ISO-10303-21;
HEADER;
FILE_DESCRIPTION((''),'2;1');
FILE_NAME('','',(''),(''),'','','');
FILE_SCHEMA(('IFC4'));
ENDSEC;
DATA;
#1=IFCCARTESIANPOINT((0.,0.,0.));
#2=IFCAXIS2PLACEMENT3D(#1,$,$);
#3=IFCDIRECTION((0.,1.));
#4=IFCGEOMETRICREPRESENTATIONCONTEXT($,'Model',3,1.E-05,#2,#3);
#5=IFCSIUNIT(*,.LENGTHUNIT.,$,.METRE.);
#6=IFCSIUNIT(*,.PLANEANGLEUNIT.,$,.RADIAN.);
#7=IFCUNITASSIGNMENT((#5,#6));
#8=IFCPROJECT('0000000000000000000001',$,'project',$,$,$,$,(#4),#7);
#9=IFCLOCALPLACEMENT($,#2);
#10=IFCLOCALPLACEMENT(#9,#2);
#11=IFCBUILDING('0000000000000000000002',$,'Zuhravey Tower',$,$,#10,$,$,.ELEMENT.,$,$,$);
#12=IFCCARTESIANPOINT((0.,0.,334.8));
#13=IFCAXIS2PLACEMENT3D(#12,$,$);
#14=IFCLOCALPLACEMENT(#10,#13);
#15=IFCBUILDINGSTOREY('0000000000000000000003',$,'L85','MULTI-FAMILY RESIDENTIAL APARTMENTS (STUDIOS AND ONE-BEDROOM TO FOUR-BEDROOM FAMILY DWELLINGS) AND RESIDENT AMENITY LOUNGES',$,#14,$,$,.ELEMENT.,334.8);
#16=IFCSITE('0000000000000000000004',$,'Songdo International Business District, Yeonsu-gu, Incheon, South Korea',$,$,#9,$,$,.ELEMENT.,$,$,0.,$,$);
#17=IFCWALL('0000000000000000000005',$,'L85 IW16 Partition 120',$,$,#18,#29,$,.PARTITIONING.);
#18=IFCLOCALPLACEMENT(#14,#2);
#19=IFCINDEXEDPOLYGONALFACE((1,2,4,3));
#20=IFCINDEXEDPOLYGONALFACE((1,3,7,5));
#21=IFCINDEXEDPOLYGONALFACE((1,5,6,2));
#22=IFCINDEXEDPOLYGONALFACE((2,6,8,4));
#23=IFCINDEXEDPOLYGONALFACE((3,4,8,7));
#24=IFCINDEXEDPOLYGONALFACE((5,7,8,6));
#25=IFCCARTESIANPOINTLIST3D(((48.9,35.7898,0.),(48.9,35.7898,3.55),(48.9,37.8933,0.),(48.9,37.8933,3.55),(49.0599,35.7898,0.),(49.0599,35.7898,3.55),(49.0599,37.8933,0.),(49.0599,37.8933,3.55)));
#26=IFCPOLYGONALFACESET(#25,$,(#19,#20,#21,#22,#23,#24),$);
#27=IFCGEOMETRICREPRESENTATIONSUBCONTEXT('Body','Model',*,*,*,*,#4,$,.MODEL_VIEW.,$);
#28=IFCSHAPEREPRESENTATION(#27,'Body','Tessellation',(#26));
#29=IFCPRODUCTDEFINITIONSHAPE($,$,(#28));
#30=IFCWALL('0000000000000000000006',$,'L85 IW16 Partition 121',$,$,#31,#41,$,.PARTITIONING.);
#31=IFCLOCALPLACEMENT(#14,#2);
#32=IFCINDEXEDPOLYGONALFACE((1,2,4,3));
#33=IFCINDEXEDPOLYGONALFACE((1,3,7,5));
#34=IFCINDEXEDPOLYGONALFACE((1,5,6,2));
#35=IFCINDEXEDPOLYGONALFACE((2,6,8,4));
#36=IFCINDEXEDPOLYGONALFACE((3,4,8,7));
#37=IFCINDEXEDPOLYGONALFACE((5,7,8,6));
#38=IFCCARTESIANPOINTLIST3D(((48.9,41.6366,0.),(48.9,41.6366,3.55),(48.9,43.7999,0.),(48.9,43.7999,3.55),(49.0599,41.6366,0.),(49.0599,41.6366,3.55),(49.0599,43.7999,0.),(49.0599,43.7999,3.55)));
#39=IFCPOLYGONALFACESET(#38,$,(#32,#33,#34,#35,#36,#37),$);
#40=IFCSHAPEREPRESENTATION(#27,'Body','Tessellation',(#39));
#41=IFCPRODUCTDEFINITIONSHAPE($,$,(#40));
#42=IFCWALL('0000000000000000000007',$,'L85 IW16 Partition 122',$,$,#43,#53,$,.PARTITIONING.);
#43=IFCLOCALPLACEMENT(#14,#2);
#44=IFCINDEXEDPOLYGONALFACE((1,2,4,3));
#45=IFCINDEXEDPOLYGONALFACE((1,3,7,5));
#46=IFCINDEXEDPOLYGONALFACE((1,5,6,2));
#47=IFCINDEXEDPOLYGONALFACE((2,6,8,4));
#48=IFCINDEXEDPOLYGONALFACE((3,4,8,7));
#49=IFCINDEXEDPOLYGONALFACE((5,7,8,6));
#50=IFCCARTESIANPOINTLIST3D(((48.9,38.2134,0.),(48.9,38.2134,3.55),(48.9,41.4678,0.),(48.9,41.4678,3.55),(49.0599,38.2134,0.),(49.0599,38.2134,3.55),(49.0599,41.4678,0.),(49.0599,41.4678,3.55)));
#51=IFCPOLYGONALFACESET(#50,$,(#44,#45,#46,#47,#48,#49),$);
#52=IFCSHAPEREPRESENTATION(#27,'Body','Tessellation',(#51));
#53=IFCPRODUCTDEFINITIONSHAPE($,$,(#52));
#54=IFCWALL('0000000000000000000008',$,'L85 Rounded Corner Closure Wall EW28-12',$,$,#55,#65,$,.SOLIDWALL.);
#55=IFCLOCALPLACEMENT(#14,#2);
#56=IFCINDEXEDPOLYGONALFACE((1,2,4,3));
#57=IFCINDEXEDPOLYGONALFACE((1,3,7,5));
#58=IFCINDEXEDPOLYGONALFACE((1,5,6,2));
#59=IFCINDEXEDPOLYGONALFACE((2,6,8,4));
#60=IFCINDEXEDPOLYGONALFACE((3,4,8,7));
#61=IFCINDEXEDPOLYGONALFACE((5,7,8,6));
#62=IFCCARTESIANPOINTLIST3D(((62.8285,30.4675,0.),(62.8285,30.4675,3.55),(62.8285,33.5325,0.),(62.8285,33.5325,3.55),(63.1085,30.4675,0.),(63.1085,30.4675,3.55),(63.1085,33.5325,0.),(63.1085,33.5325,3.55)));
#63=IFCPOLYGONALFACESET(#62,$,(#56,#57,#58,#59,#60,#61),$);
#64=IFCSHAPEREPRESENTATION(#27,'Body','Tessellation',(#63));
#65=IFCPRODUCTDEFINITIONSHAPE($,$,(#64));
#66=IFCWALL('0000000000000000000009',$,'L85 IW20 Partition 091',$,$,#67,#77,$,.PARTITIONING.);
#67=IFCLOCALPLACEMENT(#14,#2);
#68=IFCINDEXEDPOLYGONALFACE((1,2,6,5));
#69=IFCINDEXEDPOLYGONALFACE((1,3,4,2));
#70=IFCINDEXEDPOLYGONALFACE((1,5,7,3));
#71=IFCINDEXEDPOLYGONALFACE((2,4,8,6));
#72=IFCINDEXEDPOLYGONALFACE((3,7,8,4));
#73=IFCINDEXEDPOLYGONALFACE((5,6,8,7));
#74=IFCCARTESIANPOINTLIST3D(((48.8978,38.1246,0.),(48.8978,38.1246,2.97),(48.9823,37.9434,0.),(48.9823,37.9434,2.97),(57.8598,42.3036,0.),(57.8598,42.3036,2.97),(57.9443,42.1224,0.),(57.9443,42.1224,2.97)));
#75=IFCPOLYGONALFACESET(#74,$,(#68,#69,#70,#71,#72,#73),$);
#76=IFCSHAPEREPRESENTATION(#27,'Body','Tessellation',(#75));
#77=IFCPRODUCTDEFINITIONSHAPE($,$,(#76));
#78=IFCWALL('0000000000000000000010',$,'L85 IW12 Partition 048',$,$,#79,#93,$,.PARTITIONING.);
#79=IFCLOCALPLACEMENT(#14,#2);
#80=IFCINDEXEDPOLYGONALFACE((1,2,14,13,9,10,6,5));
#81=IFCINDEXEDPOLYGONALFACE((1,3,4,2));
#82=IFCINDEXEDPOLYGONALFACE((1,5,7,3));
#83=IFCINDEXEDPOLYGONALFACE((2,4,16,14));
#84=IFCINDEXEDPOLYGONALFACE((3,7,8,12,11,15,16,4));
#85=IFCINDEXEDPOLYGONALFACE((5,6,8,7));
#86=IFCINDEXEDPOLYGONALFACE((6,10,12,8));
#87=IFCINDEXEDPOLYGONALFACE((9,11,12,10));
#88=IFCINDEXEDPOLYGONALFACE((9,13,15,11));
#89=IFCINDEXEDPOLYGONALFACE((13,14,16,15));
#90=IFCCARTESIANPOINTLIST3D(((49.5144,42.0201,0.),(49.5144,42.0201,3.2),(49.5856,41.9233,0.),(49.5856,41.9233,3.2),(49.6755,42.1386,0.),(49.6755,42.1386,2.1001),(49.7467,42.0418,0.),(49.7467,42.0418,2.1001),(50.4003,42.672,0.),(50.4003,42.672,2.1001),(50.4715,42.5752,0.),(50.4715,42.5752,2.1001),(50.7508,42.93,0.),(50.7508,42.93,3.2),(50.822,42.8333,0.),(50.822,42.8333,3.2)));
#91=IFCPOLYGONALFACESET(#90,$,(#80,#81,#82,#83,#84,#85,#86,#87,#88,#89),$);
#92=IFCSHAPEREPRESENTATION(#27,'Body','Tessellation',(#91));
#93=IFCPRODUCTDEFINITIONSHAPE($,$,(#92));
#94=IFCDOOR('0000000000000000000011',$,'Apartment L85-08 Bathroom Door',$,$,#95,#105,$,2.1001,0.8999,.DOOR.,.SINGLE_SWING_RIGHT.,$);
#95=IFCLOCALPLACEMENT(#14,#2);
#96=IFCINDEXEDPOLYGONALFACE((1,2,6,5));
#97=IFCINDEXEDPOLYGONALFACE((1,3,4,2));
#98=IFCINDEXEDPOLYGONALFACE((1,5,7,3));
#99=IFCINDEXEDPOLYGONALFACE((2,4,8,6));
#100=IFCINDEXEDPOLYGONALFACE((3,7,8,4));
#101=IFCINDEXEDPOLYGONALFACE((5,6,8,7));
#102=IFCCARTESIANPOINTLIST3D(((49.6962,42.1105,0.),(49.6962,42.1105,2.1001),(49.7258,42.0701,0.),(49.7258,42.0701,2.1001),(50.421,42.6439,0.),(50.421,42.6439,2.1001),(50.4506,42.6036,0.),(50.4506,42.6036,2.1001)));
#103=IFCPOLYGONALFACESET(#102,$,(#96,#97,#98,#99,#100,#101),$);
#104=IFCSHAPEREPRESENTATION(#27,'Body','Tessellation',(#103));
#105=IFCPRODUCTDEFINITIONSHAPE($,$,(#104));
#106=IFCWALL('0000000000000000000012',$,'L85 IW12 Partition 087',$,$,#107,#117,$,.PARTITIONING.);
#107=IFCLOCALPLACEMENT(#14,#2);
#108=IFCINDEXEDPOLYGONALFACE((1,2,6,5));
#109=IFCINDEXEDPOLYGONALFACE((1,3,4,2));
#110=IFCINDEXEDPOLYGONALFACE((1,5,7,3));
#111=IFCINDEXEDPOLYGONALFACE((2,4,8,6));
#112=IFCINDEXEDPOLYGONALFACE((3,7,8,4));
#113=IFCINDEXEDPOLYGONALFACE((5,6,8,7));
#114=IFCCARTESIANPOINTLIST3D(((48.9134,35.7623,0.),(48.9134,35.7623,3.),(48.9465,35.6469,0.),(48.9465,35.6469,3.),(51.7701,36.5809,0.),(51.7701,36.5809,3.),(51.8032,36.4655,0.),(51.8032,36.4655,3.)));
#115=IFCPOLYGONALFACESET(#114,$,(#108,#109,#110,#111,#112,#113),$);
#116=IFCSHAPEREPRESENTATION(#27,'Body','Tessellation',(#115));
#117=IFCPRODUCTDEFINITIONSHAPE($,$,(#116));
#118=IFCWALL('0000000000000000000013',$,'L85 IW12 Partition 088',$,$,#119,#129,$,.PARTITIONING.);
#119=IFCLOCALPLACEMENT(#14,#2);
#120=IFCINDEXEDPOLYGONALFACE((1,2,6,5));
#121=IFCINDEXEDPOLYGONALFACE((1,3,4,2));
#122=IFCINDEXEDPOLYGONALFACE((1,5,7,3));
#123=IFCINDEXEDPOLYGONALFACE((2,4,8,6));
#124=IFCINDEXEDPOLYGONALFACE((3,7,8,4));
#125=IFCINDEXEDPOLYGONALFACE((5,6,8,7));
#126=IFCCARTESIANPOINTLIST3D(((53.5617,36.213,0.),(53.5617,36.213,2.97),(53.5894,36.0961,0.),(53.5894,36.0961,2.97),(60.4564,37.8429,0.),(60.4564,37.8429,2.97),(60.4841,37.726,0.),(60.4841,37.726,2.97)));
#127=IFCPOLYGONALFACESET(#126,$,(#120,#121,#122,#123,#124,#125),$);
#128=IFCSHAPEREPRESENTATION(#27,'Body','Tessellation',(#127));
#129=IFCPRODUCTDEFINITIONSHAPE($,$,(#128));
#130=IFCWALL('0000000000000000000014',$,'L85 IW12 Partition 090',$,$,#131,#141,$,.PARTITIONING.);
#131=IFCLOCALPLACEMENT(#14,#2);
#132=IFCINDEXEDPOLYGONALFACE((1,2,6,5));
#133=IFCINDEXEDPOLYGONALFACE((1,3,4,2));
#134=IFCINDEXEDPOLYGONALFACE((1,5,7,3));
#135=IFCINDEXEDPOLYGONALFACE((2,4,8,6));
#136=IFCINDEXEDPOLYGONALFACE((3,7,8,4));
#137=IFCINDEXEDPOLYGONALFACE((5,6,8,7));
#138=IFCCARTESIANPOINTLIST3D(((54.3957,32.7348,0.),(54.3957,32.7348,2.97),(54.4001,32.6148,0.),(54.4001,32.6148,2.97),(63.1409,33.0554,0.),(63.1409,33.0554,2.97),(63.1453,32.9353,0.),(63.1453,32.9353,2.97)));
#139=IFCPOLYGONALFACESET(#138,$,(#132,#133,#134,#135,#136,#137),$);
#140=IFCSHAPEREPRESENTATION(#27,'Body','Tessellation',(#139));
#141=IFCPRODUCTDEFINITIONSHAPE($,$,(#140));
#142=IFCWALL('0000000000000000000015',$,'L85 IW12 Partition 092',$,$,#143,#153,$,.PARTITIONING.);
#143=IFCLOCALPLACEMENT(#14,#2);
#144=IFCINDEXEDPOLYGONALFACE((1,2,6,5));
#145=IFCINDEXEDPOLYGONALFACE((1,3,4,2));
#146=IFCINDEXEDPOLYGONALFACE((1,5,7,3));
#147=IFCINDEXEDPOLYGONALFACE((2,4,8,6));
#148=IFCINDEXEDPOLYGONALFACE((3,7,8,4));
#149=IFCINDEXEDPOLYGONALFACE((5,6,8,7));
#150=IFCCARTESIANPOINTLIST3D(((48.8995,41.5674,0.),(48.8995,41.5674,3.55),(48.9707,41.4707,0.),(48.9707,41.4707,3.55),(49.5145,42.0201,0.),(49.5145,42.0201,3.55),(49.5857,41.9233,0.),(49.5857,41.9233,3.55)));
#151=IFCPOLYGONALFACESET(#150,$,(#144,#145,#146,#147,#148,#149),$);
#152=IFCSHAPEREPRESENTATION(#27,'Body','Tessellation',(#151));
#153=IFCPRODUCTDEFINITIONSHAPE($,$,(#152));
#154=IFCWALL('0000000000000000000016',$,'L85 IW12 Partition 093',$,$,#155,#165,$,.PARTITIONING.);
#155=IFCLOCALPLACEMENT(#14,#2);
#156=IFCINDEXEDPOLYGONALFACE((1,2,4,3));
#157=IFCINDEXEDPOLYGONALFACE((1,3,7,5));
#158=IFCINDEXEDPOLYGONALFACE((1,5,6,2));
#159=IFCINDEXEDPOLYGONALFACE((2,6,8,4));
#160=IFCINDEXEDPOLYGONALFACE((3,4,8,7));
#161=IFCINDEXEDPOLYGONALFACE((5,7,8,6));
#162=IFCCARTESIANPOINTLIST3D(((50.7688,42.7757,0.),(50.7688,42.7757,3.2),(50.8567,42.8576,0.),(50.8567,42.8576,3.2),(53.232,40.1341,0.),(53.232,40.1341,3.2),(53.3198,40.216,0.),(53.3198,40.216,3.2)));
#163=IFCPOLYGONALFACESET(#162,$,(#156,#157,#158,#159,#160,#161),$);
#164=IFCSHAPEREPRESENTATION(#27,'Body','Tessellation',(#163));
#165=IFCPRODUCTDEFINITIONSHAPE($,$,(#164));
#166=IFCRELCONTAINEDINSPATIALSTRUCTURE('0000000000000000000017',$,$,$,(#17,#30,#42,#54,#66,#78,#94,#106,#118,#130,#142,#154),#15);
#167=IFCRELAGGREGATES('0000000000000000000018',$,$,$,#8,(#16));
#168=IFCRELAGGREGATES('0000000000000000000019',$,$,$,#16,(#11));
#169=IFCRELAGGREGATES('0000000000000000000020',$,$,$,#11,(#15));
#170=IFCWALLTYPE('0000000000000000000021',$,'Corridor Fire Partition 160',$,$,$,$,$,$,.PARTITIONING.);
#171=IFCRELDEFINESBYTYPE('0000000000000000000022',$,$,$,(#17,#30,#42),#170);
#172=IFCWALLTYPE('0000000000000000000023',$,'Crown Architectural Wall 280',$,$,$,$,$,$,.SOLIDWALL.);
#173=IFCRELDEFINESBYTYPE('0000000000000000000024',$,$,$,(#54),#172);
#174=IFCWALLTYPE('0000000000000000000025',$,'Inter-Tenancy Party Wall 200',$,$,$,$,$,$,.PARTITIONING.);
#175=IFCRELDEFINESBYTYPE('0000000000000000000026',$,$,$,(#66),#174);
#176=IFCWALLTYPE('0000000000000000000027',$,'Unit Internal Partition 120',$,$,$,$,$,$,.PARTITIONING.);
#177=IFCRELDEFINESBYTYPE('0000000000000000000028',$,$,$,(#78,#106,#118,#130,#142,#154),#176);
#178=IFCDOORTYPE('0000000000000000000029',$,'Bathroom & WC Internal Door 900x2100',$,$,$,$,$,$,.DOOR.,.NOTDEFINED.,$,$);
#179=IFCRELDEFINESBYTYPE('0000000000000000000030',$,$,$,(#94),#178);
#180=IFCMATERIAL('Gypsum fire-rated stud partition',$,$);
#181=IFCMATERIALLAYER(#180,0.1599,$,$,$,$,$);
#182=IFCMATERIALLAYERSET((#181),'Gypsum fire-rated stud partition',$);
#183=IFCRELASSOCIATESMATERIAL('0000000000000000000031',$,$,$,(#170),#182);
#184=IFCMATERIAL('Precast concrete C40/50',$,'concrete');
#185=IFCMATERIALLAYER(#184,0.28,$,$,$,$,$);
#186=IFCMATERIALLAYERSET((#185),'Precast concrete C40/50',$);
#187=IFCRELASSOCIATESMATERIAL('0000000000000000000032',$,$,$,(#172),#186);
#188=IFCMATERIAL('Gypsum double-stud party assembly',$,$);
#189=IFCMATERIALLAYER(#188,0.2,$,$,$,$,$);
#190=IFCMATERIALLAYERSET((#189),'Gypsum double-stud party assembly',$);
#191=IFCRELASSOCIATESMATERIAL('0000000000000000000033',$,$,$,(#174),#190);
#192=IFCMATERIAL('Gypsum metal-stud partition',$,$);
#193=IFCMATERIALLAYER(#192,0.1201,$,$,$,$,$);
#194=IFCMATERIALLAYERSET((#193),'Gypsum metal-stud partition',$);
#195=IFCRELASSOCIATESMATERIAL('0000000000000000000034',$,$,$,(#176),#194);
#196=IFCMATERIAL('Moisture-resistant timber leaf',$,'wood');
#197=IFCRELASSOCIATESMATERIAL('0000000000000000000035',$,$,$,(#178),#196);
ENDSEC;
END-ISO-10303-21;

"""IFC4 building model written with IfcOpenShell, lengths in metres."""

from ifc_helpers import new_model, si_unit, direction, frame, frame_2d, origin, place, context, subcontext, project, spatial, rectangle, extrude, material, layer, layer_set, type_object, element, fill, save


model = new_model("IFC4")

# Units and contexts
model_context = context("Model", 3, precision=1e-05, world=origin(), true_north=direction((0.0, 1.0)))
body_context = subcontext(model_context, "Body", "Model", "MODEL_VIEW")
ifc_project = project(units=[si_unit("LENGTHUNIT", "METRE"), si_unit("PLANEANGLEUNIT", "RADIAN")], contexts=[model_context])

# Site, building, storey
site_placement = place(None, origin())
site = spatial("IfcSite", under=ifc_project, at=site_placement, Name="Songdo International Business District, Yeonsu-gu, Incheon, South Korea", CompositionType="ELEMENT", RefElevation=0.0)
building_placement = place(site_placement, origin())
building = spatial("IfcBuilding", under=site, at=building_placement, Name="Zuhravey Tower", CompositionType="ELEMENT")
storey_placement = place(building_placement, frame((0.0, 0.0, 334.8)))
storey = spatial("IfcBuildingStorey", under=building, at=storey_placement, Name="L85", Description="MULTI-FAMILY RESIDENTIAL APARTMENTS (STUDIOS AND ONE-BEDROOM TO FOUR-BEDROOM FAMILY DWELLINGS) AND RESIDENT AMENITY LOUNGES", CompositionType="ELEMENT", Elevation=334.8)

# Walls
ifc_material_1 = material(Name="Gypsum fire-rated stud partition")
ifc_layer_1 = layer(ifc_material_1, 0.1599)
ifc_layer_set_1 = layer_set([ifc_layer_1], Name="Gypsum fire-rated stud partition")
wall_type_1 = type_object("IfcWallType", Name="Corridor Fire Partition 160", PredefinedType="PARTITIONING", material=ifc_layer_set_1)
wall_1_placement = place(storey_placement, frame((48.98, 35.7898, 0.0), z_axis=(0.0, 0.0, 1.0), x_axis=(0.0, 1.0, 0.0)))
element("IfcWall", 1, at=wall_1_placement, inside=storey, type_object=wall_type_1, Name="L85 IW16 Partition 120", PredefinedType="PARTITIONING", context=body_context, shape_type="SweptSolid", body=[
    extrude(rectangle(XDim=2.1035, YDim=0.1599, at=frame_2d((1.0518, 0.0))), origin(), (0.0, 0.0, 1.0), 3.55),
])
wall_2_placement = place(storey_placement, frame((48.98, 41.6367, 0.0), z_axis=(0.0, 0.0, 1.0), x_axis=(0.0, 1.0, 0.0)))
element("IfcWall", 2, at=wall_2_placement, inside=storey, type_object=wall_type_1, Name="L85 IW16 Partition 121", PredefinedType="PARTITIONING", context=body_context, shape_type="SweptSolid", body=[
    extrude(rectangle(XDim=2.1633, YDim=0.1599, at=frame_2d((1.0815, 0.0))), origin(), (0.0, 0.0, 1.0), 3.55),
])
wall_3_placement = place(storey_placement, frame((48.98, 38.2134, 0.0), z_axis=(0.0, 0.0, 1.0), x_axis=(0.0, 1.0, 0.0)))
element("IfcWall", 3, at=wall_3_placement, inside=storey, type_object=wall_type_1, Name="L85 IW16 Partition 122", PredefinedType="PARTITIONING", context=body_context, shape_type="SweptSolid", body=[
    extrude(rectangle(XDim=3.2544, YDim=0.1599, at=frame_2d((1.6272, 0.0))), origin(), (0.0, 0.0, 1.0), 3.55),
])
ifc_material_2 = material(Name="Precast concrete C40/50", Category="concrete")
ifc_layer_2 = layer(ifc_material_2, 0.28)
ifc_layer_set_2 = layer_set([ifc_layer_2], Name="Precast concrete C40/50")
wall_type_2 = type_object("IfcWallType", Name="Crown Architectural Wall 280", PredefinedType="SOLIDWALL", material=ifc_layer_set_2)
wall_4_placement = place(storey_placement, frame((62.9685, 33.5325, 0.0), z_axis=(0.0, 0.0, 1.0), x_axis=(0.0, -1.0, 0.0)))
element("IfcWall", 4, at=wall_4_placement, inside=storey, type_object=wall_type_2, Name="L85 Rounded Corner Closure Wall EW28-12", PredefinedType="SOLIDWALL", context=body_context, shape_type="SweptSolid", body=[
    extrude(rectangle(XDim=3.0649, YDim=0.28, at=frame_2d((1.5325, 0.0))), origin(), (0.0, 0.0, 1.0), 3.55),
])
ifc_material_3 = material(Name="Gypsum double-stud party assembly")
ifc_layer_3 = layer(ifc_material_3, 0.2)
ifc_layer_set_3 = layer_set([ifc_layer_3], Name="Gypsum double-stud party assembly")
wall_type_3 = type_object("IfcWallType", Name="Inter-Tenancy Party Wall 200", PredefinedType="PARTITIONING", material=ifc_layer_set_3)
wall_5_placement = place(storey_placement, frame((48.9399, 38.0339, 0.0), z_axis=(0.0, 0.0, 1.0), x_axis=(0.90631, 0.422614, 0.0)))
element("IfcWall", 5, at=wall_5_placement, inside=storey, type_object=wall_type_3, Name="L85 IW20 Partition 091", PredefinedType="PARTITIONING", context=body_context, shape_type="SweptSolid", body=[
    extrude(rectangle(XDim=9.8884, YDim=0.2, at=frame_2d((4.9443, 0.0))), origin(), (0.0, 0.0, 1.0), 2.97),
])

# Wall, opening, door
ifc_material_4 = material(Name="Gypsum metal-stud partition")
ifc_layer_4 = layer(ifc_material_4, 0.1201)
ifc_layer_set_4 = layer_set([ifc_layer_4], Name="Gypsum metal-stud partition")
wall_type_4 = type_object("IfcWallType", Name="Unit Internal Partition 120", PredefinedType="PARTITIONING", material=ifc_layer_set_4)
wall_6_placement = place(storey_placement, frame((49.55, 41.9717, 0.0), z_axis=(0.0, 0.0, 1.0), x_axis=(0.805388, 0.592749, 0.0)))
wall_6 = element("IfcWall", 6, at=wall_6_placement, inside=storey, type_object=wall_type_4, Name="L85 IW12 Partition 048", PredefinedType="PARTITIONING", context=body_context, shape_type="SweptSolid", body=[
    extrude(rectangle(XDim=1.5352, YDim=0.1201, at=frame_2d((0.7676, 0.0))), origin(), (0.0, 0.0, 1.0), 3.2),
])
opening_placement = place(wall_6_placement, frame((0.2, 0.0, 0.0)))
opening = element("IfcOpeningElement", 7, at=opening_placement, cuts=wall_6, PredefinedType="OPENING", context=body_context, shape_type="SweptSolid", body=[
    extrude(rectangle(XDim=0.8999, YDim=2.1001, at=frame_2d((0.45, 1.05))), frame((0.0, 0.072, 0.0), z_axis=(0.0, -1.0, 0.0), x_axis=(1.0, 0.0, 0.0)), (0.0, 0.0, 1.0), 0.144),
])
ifc_material_5 = material(Name="Moisture-resistant timber leaf", Category="wood")
door_type = type_object("IfcDoorType", Name="Bathroom & WC Internal Door 900x2100", OperationType="NOTDEFINED", PredefinedType="DOOR", material=ifc_material_5)
door_placement = place(opening_placement, frame((0.8999, 0.0, 0.0), z_axis=(0.0, 0.0, 1.0), x_axis=(-1.0, 0.0, 0.0)))
door = element("IfcDoor", 8, at=door_placement, inside=storey, type_object=door_type, Name="Apartment L85-08 Bathroom Door", OperationType="SINGLE_SWING_RIGHT", OverallHeight=2.1001, OverallWidth=0.8999, PredefinedType="DOOR", context=body_context, shape_type="SweptSolid", body=[
    extrude(rectangle(XDim=0.8999, YDim=2.1001, at=frame_2d((0.45, 1.05))), frame((0.0, 0.0249, 0.0), z_axis=(0.0, -1.0, 0.0), x_axis=(1.0, 0.0, 0.0)), (0.0, 0.0, 1.0), 0.05),
])
fill(opening, door)

# Walls
wall_7_placement = place(storey_placement, frame((48.9299, 35.7046, 0.0), z_axis=(0.0, 0.0, 1.0), x_axis=(0.96131, 0.27547, 0.0)))
element("IfcWall", 9, at=wall_7_placement, inside=storey, type_object=wall_type_4, Name="L85 IW12 Partition 087", PredefinedType="PARTITIONING", context=body_context, shape_type="SweptSolid", body=[
    extrude(rectangle(XDim=2.9717, YDim=0.1201, at=frame_2d((1.4858, 0.0))), origin(), (0.0, 0.0, 1.0), 3.0),
])
wall_8_placement = place(storey_placement, frame((53.5754, 36.1545, 0.0), z_axis=(0.0, 0.0, 1.0), x_axis=(0.973178, 0.230053, 0.0)))
element("IfcWall", 10, at=wall_8_placement, inside=storey, type_object=wall_type_4, Name="L85 IW12 Partition 088", PredefinedType="PARTITIONING", context=body_context, shape_type="SweptSolid", body=[
    extrude(rectangle(XDim=7.0847, YDim=0.1201, at=frame_2d((3.5425, 0.0))), origin(), (0.0, 0.0, 1.0), 2.97),
])
wall_9_placement = place(storey_placement, frame((54.3979, 32.6748, 0.0), z_axis=(0.0, 0.0, 1.0), x_axis=(0.999329, 0.036631, 0.0)))
element("IfcWall", 11, at=wall_9_placement, inside=storey, type_object=wall_type_4, Name="L85 IW12 Partition 090", PredefinedType="PARTITIONING", context=body_context, shape_type="SweptSolid", body=[
    extrude(rectangle(XDim=8.751, YDim=0.1201, at=frame_2d((4.3755, 0.0))), origin(), (0.0, 0.0, 1.0), 2.97),
])
wall_10_placement = place(storey_placement, frame((48.9351, 41.519, 0.0), z_axis=(0.0, 0.0, 1.0), x_axis=(0.805377, 0.592763, 0.0)))
element("IfcWall", 12, at=wall_10_placement, inside=storey, type_object=wall_type_4, Name="L85 IW12 Partition 092", PredefinedType="PARTITIONING", context=body_context, shape_type="SweptSolid", body=[
    extrude(rectangle(XDim=0.7637, YDim=0.1201, at=frame_2d((0.3818, 0.0))), origin(), (0.0, 0.0, 1.0), 3.55),
])
wall_11_placement = place(storey_placement, frame((53.2759, 40.175, 0.0), z_axis=(0.0, 0.0, 1.0), x_axis=(-0.681969, 0.731381, 0.0)))
element("IfcWall", 13, at=wall_11_placement, inside=storey, type_object=wall_type_4, Name="L85 IW12 Partition 093", PredefinedType="PARTITIONING", context=body_context, shape_type="SweptSolid", body=[
    extrude(rectangle(XDim=3.6118, YDim=0.1201, at=frame_2d((1.8059, 0.0))), origin(), (0.0, 0.0, 1.0), 3.2),
])

save(model, "model.ifc")
